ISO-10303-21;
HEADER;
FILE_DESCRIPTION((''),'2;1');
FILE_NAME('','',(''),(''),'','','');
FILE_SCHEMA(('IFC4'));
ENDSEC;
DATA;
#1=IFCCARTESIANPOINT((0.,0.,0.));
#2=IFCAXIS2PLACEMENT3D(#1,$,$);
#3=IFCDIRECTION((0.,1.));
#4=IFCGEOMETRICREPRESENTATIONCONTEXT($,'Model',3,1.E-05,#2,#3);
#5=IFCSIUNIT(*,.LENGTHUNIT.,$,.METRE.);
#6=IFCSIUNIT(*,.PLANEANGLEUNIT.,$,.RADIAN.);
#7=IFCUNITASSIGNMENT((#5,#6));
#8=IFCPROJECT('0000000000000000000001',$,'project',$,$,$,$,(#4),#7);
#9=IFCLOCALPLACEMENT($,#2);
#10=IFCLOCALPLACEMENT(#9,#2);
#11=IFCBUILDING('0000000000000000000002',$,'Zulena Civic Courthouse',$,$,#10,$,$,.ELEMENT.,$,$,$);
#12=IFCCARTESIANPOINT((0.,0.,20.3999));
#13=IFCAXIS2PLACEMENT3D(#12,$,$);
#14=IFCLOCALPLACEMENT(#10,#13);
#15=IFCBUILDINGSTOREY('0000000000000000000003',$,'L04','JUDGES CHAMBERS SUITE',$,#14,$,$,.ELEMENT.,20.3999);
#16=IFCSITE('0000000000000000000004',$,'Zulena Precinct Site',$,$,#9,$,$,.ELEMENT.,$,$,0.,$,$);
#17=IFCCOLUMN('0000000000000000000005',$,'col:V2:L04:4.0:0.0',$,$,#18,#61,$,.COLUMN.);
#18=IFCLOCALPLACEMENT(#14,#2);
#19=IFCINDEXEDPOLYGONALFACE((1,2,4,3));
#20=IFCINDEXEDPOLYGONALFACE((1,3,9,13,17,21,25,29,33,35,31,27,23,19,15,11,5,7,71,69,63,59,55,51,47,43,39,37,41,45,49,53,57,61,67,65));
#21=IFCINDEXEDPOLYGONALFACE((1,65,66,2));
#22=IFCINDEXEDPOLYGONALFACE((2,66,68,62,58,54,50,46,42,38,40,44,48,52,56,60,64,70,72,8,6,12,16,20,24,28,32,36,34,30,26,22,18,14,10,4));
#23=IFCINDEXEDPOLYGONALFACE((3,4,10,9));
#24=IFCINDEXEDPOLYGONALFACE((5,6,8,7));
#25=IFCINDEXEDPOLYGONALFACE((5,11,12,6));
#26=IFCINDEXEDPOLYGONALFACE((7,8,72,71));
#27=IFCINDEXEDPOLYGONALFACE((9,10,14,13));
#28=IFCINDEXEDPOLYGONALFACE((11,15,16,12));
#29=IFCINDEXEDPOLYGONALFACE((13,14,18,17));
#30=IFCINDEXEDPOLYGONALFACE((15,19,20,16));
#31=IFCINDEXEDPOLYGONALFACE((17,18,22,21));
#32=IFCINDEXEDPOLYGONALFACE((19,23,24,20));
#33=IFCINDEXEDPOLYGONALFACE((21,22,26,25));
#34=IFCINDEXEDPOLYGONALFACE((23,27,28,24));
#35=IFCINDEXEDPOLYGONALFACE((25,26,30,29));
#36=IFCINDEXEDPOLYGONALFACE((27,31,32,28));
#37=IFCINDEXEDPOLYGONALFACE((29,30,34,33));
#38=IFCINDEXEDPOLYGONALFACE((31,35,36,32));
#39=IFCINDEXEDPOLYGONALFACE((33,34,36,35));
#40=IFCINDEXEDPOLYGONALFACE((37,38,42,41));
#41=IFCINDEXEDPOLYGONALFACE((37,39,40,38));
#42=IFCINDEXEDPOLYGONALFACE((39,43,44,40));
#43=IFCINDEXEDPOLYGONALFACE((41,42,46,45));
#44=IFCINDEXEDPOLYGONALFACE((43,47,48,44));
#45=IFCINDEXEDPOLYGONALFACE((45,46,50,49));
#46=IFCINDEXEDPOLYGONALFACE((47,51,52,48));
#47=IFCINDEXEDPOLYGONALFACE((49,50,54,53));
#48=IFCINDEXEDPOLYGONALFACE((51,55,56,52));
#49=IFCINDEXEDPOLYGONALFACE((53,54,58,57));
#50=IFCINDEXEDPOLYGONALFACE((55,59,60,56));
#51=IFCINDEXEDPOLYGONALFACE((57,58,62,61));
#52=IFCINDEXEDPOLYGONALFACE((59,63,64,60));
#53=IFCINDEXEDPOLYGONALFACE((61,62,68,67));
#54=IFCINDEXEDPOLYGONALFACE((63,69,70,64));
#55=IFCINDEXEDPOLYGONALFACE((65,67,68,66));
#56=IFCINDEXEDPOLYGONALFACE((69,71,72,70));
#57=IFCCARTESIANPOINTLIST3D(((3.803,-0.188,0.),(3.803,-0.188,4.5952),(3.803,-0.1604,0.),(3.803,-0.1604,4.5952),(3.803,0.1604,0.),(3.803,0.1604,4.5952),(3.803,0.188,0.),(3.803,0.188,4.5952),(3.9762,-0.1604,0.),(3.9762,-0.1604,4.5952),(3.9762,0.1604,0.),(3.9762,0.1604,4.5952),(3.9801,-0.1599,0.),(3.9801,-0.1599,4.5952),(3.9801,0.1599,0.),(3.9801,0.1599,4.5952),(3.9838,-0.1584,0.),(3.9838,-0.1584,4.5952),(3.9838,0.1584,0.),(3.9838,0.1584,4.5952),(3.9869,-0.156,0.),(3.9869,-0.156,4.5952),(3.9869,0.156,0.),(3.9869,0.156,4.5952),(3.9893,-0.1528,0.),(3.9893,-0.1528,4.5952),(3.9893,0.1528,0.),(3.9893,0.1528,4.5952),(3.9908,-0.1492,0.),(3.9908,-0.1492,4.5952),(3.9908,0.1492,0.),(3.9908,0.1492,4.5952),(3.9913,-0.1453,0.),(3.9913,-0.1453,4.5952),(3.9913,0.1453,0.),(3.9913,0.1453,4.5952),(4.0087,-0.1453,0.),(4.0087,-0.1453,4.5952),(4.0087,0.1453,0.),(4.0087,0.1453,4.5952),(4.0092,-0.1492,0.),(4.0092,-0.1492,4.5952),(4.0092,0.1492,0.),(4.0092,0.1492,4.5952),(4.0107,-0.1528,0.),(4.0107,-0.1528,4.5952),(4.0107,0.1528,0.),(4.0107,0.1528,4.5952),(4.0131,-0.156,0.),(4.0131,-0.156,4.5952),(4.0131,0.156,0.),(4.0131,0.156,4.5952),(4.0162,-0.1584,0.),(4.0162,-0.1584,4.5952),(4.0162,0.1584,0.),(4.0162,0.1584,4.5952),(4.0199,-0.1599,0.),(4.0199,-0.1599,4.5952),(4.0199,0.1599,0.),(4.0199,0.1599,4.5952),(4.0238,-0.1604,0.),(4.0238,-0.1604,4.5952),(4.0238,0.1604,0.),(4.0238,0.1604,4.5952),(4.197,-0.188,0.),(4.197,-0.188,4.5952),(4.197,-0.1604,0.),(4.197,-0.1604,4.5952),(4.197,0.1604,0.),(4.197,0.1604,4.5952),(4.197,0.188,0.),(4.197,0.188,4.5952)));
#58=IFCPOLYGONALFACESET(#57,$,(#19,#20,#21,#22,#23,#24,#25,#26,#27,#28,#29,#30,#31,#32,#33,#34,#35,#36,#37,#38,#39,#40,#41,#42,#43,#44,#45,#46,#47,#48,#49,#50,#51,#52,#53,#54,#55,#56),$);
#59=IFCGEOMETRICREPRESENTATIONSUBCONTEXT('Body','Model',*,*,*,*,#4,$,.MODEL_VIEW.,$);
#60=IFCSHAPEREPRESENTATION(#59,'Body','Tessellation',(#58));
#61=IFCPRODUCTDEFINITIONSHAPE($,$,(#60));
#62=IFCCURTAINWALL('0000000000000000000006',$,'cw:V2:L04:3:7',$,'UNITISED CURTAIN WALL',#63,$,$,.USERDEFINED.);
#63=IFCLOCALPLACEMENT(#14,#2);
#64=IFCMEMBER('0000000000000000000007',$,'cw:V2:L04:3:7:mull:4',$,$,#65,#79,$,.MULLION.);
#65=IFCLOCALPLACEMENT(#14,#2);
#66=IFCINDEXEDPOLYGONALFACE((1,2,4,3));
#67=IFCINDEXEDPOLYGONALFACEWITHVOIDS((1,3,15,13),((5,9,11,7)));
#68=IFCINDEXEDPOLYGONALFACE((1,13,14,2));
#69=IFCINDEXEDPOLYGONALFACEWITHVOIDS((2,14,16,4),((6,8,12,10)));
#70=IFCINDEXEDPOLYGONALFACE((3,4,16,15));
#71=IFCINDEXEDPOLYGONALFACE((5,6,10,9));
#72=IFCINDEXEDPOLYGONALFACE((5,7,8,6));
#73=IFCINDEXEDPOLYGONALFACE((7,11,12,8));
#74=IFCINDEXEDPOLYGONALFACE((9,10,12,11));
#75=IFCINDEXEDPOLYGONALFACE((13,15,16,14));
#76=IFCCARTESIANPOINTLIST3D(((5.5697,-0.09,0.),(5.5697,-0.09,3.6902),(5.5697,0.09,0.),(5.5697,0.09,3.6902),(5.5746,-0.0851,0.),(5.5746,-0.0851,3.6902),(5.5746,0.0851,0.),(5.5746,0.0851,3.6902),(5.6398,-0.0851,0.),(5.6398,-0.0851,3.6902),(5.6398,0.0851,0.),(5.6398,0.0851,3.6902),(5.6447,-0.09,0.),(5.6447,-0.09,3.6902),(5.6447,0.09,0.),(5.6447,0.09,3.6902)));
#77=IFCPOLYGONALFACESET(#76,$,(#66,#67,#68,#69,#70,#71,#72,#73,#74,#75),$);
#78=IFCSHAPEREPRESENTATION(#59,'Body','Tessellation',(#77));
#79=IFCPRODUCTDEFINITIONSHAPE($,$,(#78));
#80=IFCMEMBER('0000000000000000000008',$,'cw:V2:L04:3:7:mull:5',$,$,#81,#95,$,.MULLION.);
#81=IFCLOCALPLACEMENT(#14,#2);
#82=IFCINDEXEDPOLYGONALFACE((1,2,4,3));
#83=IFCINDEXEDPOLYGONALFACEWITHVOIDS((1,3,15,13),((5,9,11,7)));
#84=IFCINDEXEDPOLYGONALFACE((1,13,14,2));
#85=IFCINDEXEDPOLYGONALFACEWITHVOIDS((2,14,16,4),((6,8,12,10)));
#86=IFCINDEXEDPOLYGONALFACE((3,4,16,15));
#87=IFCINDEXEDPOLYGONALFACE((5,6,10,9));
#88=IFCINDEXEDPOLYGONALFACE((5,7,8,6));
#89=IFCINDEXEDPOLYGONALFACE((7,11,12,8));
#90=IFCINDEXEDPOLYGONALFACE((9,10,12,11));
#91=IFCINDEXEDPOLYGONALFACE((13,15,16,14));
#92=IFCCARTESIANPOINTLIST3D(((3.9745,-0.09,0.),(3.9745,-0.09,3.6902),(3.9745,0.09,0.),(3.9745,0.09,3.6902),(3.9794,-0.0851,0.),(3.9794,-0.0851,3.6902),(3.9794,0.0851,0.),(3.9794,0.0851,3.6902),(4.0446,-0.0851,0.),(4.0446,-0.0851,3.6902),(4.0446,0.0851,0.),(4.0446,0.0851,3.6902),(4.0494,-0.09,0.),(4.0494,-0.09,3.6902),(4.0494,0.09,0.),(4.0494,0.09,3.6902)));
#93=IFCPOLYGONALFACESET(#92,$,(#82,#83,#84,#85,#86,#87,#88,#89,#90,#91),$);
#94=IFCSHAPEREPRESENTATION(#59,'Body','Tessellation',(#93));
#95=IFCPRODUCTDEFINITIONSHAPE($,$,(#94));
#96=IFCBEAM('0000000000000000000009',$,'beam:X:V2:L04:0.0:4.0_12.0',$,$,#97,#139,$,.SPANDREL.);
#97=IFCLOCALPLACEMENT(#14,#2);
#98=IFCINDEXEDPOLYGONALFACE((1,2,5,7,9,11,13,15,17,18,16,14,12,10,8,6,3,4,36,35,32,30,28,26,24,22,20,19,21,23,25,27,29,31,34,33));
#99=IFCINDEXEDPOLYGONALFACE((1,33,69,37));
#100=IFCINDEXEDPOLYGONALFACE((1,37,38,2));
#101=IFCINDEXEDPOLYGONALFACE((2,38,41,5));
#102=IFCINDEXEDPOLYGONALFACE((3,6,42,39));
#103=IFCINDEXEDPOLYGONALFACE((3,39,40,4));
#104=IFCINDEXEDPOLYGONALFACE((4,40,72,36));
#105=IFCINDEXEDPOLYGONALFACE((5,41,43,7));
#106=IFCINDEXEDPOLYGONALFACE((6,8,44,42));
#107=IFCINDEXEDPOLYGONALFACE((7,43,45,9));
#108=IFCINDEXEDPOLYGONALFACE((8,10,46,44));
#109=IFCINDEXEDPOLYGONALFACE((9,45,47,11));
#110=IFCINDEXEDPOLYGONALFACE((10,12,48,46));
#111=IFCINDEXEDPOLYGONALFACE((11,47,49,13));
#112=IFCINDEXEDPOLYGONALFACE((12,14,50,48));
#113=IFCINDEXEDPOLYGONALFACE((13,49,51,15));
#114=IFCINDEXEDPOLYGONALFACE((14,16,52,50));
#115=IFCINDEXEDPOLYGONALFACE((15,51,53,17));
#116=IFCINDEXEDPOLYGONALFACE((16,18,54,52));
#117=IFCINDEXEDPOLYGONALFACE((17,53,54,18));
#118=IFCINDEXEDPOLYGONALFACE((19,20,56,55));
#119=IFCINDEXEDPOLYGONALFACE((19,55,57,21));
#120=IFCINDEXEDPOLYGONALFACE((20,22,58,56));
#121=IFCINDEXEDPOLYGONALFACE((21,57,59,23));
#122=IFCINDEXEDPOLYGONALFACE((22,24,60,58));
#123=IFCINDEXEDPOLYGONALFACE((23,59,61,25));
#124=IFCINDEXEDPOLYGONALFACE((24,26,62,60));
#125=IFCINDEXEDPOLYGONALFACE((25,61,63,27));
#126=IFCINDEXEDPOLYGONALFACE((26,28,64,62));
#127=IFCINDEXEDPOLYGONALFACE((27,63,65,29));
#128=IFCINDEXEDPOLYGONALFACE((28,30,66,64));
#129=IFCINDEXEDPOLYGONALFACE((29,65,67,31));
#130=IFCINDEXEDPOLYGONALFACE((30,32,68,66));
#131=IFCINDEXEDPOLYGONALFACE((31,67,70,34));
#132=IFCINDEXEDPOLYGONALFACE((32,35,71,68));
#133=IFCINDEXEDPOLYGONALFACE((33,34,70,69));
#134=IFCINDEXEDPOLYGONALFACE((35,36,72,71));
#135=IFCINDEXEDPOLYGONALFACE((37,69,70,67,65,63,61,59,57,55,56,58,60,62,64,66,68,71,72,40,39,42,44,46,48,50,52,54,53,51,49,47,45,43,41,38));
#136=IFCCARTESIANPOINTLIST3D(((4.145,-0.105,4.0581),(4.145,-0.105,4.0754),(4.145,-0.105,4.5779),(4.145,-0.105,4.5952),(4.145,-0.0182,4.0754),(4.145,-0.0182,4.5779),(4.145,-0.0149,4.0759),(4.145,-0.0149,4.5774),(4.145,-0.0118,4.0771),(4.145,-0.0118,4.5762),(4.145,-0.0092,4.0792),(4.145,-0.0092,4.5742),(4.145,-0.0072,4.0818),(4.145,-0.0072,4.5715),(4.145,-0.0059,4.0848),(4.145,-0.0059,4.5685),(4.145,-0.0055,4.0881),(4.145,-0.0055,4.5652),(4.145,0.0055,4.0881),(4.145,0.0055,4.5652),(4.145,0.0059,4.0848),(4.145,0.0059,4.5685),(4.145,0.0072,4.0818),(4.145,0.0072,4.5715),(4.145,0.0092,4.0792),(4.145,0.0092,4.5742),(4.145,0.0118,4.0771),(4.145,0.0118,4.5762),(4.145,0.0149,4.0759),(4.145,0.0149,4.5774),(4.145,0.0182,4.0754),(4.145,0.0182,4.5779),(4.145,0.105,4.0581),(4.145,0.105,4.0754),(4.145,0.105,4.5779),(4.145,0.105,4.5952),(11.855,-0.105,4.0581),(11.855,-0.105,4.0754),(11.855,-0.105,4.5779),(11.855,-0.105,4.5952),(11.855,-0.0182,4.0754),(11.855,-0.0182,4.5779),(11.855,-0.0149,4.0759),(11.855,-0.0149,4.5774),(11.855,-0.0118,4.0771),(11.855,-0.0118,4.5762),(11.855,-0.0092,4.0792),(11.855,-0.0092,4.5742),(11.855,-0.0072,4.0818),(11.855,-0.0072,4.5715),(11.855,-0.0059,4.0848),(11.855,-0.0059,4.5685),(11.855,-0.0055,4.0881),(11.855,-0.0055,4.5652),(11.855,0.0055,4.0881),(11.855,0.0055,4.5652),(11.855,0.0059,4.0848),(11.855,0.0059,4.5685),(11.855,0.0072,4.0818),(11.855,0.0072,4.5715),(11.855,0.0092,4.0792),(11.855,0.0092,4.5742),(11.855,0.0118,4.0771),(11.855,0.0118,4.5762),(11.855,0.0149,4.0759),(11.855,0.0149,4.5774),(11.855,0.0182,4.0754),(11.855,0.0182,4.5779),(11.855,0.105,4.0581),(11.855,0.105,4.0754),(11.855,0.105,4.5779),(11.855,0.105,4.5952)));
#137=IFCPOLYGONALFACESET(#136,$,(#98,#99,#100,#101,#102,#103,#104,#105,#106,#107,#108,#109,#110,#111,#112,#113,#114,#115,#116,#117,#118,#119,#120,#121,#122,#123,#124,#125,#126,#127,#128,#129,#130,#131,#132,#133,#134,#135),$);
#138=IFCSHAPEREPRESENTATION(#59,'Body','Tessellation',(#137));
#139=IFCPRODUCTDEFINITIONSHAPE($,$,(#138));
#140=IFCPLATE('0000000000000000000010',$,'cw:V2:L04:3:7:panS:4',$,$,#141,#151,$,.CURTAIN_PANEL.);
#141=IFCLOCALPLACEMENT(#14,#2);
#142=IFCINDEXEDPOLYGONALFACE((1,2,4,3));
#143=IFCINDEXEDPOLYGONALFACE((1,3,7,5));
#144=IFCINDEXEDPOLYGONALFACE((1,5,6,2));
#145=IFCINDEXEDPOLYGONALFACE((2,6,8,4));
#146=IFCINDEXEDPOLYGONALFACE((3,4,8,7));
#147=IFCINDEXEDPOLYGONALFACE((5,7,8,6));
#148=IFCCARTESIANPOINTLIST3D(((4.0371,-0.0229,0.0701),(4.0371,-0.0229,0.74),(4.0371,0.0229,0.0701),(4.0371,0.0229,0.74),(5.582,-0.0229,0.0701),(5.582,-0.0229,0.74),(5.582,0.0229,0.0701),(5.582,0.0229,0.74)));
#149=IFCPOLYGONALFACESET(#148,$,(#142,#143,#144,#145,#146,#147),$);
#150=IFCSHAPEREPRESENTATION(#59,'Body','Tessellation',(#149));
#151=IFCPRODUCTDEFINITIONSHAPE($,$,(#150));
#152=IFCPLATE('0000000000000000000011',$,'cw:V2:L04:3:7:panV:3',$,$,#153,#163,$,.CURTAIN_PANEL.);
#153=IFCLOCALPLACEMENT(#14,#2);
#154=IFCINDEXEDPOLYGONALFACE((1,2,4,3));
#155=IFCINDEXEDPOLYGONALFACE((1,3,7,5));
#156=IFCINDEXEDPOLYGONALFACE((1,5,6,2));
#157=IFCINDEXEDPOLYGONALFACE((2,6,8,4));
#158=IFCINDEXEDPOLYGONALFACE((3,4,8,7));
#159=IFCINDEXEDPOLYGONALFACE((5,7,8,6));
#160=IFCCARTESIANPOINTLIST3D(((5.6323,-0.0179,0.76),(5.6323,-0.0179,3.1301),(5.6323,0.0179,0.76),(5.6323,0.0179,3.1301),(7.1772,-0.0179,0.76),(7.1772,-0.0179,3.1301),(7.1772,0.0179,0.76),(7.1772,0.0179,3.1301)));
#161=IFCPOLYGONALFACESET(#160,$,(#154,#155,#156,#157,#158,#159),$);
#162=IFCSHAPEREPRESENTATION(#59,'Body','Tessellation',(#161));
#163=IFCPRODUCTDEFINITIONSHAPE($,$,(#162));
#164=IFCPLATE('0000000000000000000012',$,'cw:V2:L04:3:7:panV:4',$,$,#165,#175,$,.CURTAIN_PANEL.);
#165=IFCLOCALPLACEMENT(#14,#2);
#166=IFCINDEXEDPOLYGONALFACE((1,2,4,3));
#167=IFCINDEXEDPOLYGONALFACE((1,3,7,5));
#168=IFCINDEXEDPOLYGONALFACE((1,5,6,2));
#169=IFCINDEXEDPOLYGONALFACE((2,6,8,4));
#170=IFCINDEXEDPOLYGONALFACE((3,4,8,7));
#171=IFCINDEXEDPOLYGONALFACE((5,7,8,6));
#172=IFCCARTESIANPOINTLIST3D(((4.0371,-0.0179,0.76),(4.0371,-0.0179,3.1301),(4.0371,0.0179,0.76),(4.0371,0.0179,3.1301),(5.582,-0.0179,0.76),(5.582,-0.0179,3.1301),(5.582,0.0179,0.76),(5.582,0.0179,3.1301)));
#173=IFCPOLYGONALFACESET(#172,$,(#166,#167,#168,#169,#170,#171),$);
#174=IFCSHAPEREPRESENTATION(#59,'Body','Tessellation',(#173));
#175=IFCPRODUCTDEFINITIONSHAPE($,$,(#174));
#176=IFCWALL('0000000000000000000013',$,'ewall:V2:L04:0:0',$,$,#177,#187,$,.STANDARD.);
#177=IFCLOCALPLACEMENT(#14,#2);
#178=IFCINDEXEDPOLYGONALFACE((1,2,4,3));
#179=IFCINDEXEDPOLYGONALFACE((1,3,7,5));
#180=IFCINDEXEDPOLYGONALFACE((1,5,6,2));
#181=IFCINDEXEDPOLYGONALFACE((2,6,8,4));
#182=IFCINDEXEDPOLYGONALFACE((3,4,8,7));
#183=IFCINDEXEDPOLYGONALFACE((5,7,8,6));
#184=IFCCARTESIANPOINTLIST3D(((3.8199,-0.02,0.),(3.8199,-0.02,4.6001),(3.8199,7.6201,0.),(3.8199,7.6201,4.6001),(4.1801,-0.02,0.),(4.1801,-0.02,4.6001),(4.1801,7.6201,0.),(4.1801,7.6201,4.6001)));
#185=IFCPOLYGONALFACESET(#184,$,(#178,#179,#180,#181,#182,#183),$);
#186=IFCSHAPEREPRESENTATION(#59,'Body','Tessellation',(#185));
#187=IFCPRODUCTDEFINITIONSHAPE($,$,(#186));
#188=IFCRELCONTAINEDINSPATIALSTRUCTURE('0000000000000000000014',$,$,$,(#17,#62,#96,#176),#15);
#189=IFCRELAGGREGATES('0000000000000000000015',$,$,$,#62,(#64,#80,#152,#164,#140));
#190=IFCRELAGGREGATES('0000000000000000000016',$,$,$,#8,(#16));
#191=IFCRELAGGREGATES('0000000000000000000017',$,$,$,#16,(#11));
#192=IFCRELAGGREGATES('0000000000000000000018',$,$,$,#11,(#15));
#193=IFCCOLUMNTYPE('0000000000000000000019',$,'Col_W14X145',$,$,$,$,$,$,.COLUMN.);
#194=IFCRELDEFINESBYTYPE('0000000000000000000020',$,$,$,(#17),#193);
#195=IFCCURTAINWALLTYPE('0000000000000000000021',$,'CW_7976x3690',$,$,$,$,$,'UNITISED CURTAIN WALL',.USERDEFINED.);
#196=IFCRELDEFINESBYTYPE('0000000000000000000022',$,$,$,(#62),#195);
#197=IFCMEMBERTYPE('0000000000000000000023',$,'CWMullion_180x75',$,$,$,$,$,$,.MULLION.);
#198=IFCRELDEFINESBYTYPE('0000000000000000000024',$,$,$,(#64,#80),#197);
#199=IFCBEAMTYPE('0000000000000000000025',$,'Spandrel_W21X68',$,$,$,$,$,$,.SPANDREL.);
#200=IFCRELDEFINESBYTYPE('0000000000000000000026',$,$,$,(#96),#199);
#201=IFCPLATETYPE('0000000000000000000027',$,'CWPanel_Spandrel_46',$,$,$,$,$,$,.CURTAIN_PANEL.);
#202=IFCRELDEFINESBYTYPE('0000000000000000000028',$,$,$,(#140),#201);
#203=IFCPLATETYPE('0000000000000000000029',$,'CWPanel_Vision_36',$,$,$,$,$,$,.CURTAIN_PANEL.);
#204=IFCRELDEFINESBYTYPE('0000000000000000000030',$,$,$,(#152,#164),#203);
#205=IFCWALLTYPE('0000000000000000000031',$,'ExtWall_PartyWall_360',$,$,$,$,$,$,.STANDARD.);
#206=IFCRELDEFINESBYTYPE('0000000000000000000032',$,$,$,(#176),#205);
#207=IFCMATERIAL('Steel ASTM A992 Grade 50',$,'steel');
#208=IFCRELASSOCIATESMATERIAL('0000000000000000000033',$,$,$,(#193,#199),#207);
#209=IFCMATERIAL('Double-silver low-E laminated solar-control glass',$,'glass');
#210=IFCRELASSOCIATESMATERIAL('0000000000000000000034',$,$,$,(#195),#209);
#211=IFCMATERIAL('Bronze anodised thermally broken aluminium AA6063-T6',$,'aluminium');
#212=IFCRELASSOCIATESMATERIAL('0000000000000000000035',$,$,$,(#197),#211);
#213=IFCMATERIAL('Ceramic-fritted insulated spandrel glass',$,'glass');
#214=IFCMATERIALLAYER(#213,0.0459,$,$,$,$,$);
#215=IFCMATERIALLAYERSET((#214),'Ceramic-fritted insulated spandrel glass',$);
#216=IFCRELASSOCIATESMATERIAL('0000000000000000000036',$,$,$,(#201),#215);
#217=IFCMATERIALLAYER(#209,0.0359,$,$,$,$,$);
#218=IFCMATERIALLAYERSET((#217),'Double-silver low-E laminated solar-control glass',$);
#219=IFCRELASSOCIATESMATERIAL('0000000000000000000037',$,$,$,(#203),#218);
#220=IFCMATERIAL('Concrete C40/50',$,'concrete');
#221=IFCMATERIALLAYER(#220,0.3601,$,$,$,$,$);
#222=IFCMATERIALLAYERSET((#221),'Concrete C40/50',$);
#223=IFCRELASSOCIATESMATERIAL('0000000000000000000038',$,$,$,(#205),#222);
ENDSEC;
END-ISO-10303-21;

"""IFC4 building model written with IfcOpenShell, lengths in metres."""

from ifc_helpers import new_model, si_unit, direction, frame, frame_2d, origin, origin_2d, place, context, subcontext, project, spatial, rectangle, hollow_rectangle, i_section, extrude, material, layer, layer_set, material_profile, profile_set, type_object, element, aggregate, save


model = new_model("IFC4")

# Units and contexts
model_context = context("Model", 3, precision=1e-05, world=origin(), true_north=direction((0.0, 1.0)))
body_context = subcontext(model_context, "Body", "Model", "MODEL_VIEW")
ifc_project = project(units=[si_unit("LENGTHUNIT", "METRE"), si_unit("PLANEANGLEUNIT", "RADIAN")], contexts=[model_context])

# Site, building, storey
site_placement = place(None, origin())
site = spatial("IfcSite", under=ifc_project, at=site_placement, Name="Zulena Precinct Site", CompositionType="ELEMENT", RefElevation=0.0)
building_placement = place(site_placement, origin())
building = spatial("IfcBuilding", under=site, at=building_placement, Name="Zulena Civic Courthouse", CompositionType="ELEMENT")
storey_placement = place(building_placement, frame((0.0, 0.0, 20.3999)))
storey = spatial("IfcBuildingStorey", under=building, at=storey_placement, Name="L04", Description="JUDGES CHAMBERS SUITE", CompositionType="ELEMENT", Elevation=20.3999)

# Column
ifc_material_1 = material(Name="Steel ASTM A992 Grade 50", Category="steel")
ifc_material_profile_1 = material_profile(ifc_material_1, i_section(OverallWidth=0.394, OverallDepth=0.376, WebThickness=0.0173, FlangeThickness=0.0276, FilletRadius=0.0151, at=origin_2d()), Name="W14X145")
ifc_profile_set_1 = profile_set([ifc_material_profile_1], Name="Steel ASTM A992 Grade 50")
column_type = type_object("IfcColumnType", Name="Col_W14X145", PredefinedType="COLUMN", material=ifc_profile_set_1)
column_placement = place(storey_placement, frame((4.0, 0.0, 0.0), z_axis=(0.0, 0.0, 1.0), x_axis=(1.0, 0.0, 0.0)))
element("IfcColumn", 1, at=column_placement, inside=storey, type_object=column_type, Name="col:V2:L04:4.0:0.0", PredefinedType="COLUMN", context=body_context, shape_type="SweptSolid", body=[
    extrude(i_section(OverallWidth=0.394, OverallDepth=0.376, WebThickness=0.0173, FlangeThickness=0.0276, FilletRadius=0.0151, at=origin_2d()), origin(), (0.0, 0.0, 1.0), 4.5952),
])

# Curtain wall, members
ifc_material_2 = material(Name="Double-silver low-E laminated solar-control glass", Category="glass")
curtain_wall_type = type_object("IfcCurtainWallType", Name="CW_7976x3690", ElementType="UNITISED CURTAIN WALL", PredefinedType="USERDEFINED", material=ifc_material_2)
curtain_wall_placement = place(storey_placement, origin())
curtain_wall = element("IfcCurtainWall", 2, at=curtain_wall_placement, inside=storey, type_object=curtain_wall_type, Name="cw:V2:L04:3:7", ObjectType="UNITISED CURTAIN WALL", PredefinedType="USERDEFINED")
ifc_material_3 = material(Name="Bronze anodised thermally broken aluminium AA6063-T6", Category="aluminium")
ifc_material_profile_2 = material_profile(ifc_material_3, hollow_rectangle(XDim=0.075, YDim=0.1799, WallThickness=0.0049, at=origin_2d()), Name="CWM180X75X5")
ifc_profile_set_2 = profile_set([ifc_material_profile_2], Name="Bronze anodised thermally broken aluminium AA6063-T6")
member_type = type_object("IfcMemberType", Name="CWMullion_180x75", PredefinedType="MULLION", material=ifc_profile_set_2)
member_1_placement = place(storey_placement, frame((5.6072, 0.0, 0.0), z_axis=(0.0, 0.0, 1.0), x_axis=(1.0, 0.0, 0.0)))
member_1 = element("IfcMember", 3, at=member_1_placement, type_object=member_type, Name="cw:V2:L04:3:7:mull:4", PredefinedType="MULLION", context=body_context, shape_type="SweptSolid", body=[
    extrude(hollow_rectangle(XDim=0.075, YDim=0.1799, WallThickness=0.0049, at=origin_2d()), origin(), (0.0, 0.0, 1.0), 3.6902),
])
member_2_placement = place(storey_placement, frame((4.012, 0.0, 0.0), z_axis=(0.0, 0.0, 1.0), x_axis=(1.0, 0.0, 0.0)))
member_2 = element("IfcMember", 4, at=member_2_placement, type_object=member_type, Name="cw:V2:L04:3:7:mull:5", PredefinedType="MULLION", context=body_context, shape_type="SweptSolid", body=[
    extrude(hollow_rectangle(XDim=0.075, YDim=0.1799, WallThickness=0.0049, at=origin_2d()), origin(), (0.0, 0.0, 1.0), 3.6902),
])

# Beam
ifc_material_profile_3 = material_profile(ifc_material_1, i_section(OverallWidth=0.21, OverallDepth=0.5371, WebThickness=0.011, FlangeThickness=0.0173, FilletRadius=0.0127, at=origin_2d()), Name="W21X68")
ifc_profile_set_3 = profile_set([ifc_material_profile_3], Name="Steel ASTM A992 Grade 50")
beam_type = type_object("IfcBeamType", Name="Spandrel_W21X68", PredefinedType="SPANDREL", material=ifc_profile_set_3)
beam_placement = place(storey_placement, frame((4.145, 0.0, 4.3267), z_axis=(1.0, 0.0, 0.0), x_axis=(0.0, 1.0, 0.0)))
element("IfcBeam", 5, at=beam_placement, inside=storey, type_object=beam_type, Name="beam:X:V2:L04:0.0:4.0_12.0", PredefinedType="SPANDREL", context=body_context, shape_type="SweptSolid", body=[
    extrude(i_section(OverallWidth=0.21, OverallDepth=0.5371, WebThickness=0.011, FlangeThickness=0.0173, FilletRadius=0.0127, at=origin_2d()), origin(), (0.0, 0.0, 1.0), 7.71),
])

# Plates
ifc_material_4 = material(Name="Ceramic-fritted insulated spandrel glass", Category="glass")
ifc_layer_1 = layer(ifc_material_4, 0.0459)
ifc_layer_set_1 = layer_set([ifc_layer_1], Name="Ceramic-fritted insulated spandrel glass")
plate_type_1 = type_object("IfcPlateType", Name="CWPanel_Spandrel_46", PredefinedType="CURTAIN_PANEL", material=ifc_layer_set_1)
plate_1_placement = place(storey_placement, frame((4.8096, 0.0, 0.0701), z_axis=(0.0, 0.0, 1.0), x_axis=(-1.0, 0.0, 0.0)))
plate_1 = element("IfcPlate", 6, at=plate_1_placement, type_object=plate_type_1, Name="cw:V2:L04:3:7:panS:4", PredefinedType="CURTAIN_PANEL", context=body_context, shape_type="SweptSolid", body=[
    extrude(rectangle(XDim=1.5449, YDim=0.0459, at=origin_2d()), origin(), (0.0, 0.0, 1.0), 0.6699),
])
ifc_layer_2 = layer(ifc_material_2, 0.0359)
ifc_layer_set_2 = layer_set([ifc_layer_2], Name="Double-silver low-E laminated solar-control glass")
plate_type_2 = type_object("IfcPlateType", Name="CWPanel_Vision_36", PredefinedType="CURTAIN_PANEL", material=ifc_layer_set_2)
plate_2_placement = place(storey_placement, frame((6.4048, 0.0, 0.76), z_axis=(0.0, 0.0, 1.0), x_axis=(-1.0, 0.0, 0.0)))
plate_2 = element("IfcPlate", 7, at=plate_2_placement, type_object=plate_type_2, Name="cw:V2:L04:3:7:panV:3", PredefinedType="CURTAIN_PANEL", context=body_context, shape_type="SweptSolid", body=[
    extrude(rectangle(XDim=1.5449, YDim=0.0359, at=origin_2d()), origin(), (0.0, 0.0, 1.0), 2.3701),
])
plate_3_placement = place(storey_placement, frame((4.8096, 0.0, 0.76), z_axis=(0.0, 0.0, 1.0), x_axis=(-1.0, 0.0, 0.0)))
plate_3 = element("IfcPlate", 8, at=plate_3_placement, type_object=plate_type_2, Name="cw:V2:L04:3:7:panV:4", PredefinedType="CURTAIN_PANEL", context=body_context, shape_type="SweptSolid", body=[
    extrude(rectangle(XDim=1.5449, YDim=0.0359, at=origin_2d()), origin(), (0.0, 0.0, 1.0), 2.3701),
])
aggregate(curtain_wall, [member_1, member_2, plate_2, plate_3, plate_1])

# Wall
ifc_material_5 = material(Name="Concrete C40/50", Category="concrete")
ifc_layer_3 = layer(ifc_material_5, 0.3601)
ifc_layer_set_3 = layer_set([ifc_layer_3], Name="Concrete C40/50")
wall_type = type_object("IfcWallType", Name="ExtWall_PartyWall_360", PredefinedType="STANDARD", material=ifc_layer_set_3)
wall_placement = place(storey_placement, frame((4.0, -0.02, 0.0), z_axis=(0.0, 0.0, 1.0), x_axis=(0.0, 1.0, 0.0)))
element("IfcWall", 9, at=wall_placement, inside=storey, type_object=wall_type, Name="ewall:V2:L04:0:0", PredefinedType="STANDARD", context=body_context, shape_type="SweptSolid", body=[
    extrude(rectangle(XDim=7.6401, YDim=0.3601, at=frame_2d((3.8201, 0.0))), origin(), (0.0, 0.0, 1.0), 4.6001),
])

save(model, "model.ifc")
